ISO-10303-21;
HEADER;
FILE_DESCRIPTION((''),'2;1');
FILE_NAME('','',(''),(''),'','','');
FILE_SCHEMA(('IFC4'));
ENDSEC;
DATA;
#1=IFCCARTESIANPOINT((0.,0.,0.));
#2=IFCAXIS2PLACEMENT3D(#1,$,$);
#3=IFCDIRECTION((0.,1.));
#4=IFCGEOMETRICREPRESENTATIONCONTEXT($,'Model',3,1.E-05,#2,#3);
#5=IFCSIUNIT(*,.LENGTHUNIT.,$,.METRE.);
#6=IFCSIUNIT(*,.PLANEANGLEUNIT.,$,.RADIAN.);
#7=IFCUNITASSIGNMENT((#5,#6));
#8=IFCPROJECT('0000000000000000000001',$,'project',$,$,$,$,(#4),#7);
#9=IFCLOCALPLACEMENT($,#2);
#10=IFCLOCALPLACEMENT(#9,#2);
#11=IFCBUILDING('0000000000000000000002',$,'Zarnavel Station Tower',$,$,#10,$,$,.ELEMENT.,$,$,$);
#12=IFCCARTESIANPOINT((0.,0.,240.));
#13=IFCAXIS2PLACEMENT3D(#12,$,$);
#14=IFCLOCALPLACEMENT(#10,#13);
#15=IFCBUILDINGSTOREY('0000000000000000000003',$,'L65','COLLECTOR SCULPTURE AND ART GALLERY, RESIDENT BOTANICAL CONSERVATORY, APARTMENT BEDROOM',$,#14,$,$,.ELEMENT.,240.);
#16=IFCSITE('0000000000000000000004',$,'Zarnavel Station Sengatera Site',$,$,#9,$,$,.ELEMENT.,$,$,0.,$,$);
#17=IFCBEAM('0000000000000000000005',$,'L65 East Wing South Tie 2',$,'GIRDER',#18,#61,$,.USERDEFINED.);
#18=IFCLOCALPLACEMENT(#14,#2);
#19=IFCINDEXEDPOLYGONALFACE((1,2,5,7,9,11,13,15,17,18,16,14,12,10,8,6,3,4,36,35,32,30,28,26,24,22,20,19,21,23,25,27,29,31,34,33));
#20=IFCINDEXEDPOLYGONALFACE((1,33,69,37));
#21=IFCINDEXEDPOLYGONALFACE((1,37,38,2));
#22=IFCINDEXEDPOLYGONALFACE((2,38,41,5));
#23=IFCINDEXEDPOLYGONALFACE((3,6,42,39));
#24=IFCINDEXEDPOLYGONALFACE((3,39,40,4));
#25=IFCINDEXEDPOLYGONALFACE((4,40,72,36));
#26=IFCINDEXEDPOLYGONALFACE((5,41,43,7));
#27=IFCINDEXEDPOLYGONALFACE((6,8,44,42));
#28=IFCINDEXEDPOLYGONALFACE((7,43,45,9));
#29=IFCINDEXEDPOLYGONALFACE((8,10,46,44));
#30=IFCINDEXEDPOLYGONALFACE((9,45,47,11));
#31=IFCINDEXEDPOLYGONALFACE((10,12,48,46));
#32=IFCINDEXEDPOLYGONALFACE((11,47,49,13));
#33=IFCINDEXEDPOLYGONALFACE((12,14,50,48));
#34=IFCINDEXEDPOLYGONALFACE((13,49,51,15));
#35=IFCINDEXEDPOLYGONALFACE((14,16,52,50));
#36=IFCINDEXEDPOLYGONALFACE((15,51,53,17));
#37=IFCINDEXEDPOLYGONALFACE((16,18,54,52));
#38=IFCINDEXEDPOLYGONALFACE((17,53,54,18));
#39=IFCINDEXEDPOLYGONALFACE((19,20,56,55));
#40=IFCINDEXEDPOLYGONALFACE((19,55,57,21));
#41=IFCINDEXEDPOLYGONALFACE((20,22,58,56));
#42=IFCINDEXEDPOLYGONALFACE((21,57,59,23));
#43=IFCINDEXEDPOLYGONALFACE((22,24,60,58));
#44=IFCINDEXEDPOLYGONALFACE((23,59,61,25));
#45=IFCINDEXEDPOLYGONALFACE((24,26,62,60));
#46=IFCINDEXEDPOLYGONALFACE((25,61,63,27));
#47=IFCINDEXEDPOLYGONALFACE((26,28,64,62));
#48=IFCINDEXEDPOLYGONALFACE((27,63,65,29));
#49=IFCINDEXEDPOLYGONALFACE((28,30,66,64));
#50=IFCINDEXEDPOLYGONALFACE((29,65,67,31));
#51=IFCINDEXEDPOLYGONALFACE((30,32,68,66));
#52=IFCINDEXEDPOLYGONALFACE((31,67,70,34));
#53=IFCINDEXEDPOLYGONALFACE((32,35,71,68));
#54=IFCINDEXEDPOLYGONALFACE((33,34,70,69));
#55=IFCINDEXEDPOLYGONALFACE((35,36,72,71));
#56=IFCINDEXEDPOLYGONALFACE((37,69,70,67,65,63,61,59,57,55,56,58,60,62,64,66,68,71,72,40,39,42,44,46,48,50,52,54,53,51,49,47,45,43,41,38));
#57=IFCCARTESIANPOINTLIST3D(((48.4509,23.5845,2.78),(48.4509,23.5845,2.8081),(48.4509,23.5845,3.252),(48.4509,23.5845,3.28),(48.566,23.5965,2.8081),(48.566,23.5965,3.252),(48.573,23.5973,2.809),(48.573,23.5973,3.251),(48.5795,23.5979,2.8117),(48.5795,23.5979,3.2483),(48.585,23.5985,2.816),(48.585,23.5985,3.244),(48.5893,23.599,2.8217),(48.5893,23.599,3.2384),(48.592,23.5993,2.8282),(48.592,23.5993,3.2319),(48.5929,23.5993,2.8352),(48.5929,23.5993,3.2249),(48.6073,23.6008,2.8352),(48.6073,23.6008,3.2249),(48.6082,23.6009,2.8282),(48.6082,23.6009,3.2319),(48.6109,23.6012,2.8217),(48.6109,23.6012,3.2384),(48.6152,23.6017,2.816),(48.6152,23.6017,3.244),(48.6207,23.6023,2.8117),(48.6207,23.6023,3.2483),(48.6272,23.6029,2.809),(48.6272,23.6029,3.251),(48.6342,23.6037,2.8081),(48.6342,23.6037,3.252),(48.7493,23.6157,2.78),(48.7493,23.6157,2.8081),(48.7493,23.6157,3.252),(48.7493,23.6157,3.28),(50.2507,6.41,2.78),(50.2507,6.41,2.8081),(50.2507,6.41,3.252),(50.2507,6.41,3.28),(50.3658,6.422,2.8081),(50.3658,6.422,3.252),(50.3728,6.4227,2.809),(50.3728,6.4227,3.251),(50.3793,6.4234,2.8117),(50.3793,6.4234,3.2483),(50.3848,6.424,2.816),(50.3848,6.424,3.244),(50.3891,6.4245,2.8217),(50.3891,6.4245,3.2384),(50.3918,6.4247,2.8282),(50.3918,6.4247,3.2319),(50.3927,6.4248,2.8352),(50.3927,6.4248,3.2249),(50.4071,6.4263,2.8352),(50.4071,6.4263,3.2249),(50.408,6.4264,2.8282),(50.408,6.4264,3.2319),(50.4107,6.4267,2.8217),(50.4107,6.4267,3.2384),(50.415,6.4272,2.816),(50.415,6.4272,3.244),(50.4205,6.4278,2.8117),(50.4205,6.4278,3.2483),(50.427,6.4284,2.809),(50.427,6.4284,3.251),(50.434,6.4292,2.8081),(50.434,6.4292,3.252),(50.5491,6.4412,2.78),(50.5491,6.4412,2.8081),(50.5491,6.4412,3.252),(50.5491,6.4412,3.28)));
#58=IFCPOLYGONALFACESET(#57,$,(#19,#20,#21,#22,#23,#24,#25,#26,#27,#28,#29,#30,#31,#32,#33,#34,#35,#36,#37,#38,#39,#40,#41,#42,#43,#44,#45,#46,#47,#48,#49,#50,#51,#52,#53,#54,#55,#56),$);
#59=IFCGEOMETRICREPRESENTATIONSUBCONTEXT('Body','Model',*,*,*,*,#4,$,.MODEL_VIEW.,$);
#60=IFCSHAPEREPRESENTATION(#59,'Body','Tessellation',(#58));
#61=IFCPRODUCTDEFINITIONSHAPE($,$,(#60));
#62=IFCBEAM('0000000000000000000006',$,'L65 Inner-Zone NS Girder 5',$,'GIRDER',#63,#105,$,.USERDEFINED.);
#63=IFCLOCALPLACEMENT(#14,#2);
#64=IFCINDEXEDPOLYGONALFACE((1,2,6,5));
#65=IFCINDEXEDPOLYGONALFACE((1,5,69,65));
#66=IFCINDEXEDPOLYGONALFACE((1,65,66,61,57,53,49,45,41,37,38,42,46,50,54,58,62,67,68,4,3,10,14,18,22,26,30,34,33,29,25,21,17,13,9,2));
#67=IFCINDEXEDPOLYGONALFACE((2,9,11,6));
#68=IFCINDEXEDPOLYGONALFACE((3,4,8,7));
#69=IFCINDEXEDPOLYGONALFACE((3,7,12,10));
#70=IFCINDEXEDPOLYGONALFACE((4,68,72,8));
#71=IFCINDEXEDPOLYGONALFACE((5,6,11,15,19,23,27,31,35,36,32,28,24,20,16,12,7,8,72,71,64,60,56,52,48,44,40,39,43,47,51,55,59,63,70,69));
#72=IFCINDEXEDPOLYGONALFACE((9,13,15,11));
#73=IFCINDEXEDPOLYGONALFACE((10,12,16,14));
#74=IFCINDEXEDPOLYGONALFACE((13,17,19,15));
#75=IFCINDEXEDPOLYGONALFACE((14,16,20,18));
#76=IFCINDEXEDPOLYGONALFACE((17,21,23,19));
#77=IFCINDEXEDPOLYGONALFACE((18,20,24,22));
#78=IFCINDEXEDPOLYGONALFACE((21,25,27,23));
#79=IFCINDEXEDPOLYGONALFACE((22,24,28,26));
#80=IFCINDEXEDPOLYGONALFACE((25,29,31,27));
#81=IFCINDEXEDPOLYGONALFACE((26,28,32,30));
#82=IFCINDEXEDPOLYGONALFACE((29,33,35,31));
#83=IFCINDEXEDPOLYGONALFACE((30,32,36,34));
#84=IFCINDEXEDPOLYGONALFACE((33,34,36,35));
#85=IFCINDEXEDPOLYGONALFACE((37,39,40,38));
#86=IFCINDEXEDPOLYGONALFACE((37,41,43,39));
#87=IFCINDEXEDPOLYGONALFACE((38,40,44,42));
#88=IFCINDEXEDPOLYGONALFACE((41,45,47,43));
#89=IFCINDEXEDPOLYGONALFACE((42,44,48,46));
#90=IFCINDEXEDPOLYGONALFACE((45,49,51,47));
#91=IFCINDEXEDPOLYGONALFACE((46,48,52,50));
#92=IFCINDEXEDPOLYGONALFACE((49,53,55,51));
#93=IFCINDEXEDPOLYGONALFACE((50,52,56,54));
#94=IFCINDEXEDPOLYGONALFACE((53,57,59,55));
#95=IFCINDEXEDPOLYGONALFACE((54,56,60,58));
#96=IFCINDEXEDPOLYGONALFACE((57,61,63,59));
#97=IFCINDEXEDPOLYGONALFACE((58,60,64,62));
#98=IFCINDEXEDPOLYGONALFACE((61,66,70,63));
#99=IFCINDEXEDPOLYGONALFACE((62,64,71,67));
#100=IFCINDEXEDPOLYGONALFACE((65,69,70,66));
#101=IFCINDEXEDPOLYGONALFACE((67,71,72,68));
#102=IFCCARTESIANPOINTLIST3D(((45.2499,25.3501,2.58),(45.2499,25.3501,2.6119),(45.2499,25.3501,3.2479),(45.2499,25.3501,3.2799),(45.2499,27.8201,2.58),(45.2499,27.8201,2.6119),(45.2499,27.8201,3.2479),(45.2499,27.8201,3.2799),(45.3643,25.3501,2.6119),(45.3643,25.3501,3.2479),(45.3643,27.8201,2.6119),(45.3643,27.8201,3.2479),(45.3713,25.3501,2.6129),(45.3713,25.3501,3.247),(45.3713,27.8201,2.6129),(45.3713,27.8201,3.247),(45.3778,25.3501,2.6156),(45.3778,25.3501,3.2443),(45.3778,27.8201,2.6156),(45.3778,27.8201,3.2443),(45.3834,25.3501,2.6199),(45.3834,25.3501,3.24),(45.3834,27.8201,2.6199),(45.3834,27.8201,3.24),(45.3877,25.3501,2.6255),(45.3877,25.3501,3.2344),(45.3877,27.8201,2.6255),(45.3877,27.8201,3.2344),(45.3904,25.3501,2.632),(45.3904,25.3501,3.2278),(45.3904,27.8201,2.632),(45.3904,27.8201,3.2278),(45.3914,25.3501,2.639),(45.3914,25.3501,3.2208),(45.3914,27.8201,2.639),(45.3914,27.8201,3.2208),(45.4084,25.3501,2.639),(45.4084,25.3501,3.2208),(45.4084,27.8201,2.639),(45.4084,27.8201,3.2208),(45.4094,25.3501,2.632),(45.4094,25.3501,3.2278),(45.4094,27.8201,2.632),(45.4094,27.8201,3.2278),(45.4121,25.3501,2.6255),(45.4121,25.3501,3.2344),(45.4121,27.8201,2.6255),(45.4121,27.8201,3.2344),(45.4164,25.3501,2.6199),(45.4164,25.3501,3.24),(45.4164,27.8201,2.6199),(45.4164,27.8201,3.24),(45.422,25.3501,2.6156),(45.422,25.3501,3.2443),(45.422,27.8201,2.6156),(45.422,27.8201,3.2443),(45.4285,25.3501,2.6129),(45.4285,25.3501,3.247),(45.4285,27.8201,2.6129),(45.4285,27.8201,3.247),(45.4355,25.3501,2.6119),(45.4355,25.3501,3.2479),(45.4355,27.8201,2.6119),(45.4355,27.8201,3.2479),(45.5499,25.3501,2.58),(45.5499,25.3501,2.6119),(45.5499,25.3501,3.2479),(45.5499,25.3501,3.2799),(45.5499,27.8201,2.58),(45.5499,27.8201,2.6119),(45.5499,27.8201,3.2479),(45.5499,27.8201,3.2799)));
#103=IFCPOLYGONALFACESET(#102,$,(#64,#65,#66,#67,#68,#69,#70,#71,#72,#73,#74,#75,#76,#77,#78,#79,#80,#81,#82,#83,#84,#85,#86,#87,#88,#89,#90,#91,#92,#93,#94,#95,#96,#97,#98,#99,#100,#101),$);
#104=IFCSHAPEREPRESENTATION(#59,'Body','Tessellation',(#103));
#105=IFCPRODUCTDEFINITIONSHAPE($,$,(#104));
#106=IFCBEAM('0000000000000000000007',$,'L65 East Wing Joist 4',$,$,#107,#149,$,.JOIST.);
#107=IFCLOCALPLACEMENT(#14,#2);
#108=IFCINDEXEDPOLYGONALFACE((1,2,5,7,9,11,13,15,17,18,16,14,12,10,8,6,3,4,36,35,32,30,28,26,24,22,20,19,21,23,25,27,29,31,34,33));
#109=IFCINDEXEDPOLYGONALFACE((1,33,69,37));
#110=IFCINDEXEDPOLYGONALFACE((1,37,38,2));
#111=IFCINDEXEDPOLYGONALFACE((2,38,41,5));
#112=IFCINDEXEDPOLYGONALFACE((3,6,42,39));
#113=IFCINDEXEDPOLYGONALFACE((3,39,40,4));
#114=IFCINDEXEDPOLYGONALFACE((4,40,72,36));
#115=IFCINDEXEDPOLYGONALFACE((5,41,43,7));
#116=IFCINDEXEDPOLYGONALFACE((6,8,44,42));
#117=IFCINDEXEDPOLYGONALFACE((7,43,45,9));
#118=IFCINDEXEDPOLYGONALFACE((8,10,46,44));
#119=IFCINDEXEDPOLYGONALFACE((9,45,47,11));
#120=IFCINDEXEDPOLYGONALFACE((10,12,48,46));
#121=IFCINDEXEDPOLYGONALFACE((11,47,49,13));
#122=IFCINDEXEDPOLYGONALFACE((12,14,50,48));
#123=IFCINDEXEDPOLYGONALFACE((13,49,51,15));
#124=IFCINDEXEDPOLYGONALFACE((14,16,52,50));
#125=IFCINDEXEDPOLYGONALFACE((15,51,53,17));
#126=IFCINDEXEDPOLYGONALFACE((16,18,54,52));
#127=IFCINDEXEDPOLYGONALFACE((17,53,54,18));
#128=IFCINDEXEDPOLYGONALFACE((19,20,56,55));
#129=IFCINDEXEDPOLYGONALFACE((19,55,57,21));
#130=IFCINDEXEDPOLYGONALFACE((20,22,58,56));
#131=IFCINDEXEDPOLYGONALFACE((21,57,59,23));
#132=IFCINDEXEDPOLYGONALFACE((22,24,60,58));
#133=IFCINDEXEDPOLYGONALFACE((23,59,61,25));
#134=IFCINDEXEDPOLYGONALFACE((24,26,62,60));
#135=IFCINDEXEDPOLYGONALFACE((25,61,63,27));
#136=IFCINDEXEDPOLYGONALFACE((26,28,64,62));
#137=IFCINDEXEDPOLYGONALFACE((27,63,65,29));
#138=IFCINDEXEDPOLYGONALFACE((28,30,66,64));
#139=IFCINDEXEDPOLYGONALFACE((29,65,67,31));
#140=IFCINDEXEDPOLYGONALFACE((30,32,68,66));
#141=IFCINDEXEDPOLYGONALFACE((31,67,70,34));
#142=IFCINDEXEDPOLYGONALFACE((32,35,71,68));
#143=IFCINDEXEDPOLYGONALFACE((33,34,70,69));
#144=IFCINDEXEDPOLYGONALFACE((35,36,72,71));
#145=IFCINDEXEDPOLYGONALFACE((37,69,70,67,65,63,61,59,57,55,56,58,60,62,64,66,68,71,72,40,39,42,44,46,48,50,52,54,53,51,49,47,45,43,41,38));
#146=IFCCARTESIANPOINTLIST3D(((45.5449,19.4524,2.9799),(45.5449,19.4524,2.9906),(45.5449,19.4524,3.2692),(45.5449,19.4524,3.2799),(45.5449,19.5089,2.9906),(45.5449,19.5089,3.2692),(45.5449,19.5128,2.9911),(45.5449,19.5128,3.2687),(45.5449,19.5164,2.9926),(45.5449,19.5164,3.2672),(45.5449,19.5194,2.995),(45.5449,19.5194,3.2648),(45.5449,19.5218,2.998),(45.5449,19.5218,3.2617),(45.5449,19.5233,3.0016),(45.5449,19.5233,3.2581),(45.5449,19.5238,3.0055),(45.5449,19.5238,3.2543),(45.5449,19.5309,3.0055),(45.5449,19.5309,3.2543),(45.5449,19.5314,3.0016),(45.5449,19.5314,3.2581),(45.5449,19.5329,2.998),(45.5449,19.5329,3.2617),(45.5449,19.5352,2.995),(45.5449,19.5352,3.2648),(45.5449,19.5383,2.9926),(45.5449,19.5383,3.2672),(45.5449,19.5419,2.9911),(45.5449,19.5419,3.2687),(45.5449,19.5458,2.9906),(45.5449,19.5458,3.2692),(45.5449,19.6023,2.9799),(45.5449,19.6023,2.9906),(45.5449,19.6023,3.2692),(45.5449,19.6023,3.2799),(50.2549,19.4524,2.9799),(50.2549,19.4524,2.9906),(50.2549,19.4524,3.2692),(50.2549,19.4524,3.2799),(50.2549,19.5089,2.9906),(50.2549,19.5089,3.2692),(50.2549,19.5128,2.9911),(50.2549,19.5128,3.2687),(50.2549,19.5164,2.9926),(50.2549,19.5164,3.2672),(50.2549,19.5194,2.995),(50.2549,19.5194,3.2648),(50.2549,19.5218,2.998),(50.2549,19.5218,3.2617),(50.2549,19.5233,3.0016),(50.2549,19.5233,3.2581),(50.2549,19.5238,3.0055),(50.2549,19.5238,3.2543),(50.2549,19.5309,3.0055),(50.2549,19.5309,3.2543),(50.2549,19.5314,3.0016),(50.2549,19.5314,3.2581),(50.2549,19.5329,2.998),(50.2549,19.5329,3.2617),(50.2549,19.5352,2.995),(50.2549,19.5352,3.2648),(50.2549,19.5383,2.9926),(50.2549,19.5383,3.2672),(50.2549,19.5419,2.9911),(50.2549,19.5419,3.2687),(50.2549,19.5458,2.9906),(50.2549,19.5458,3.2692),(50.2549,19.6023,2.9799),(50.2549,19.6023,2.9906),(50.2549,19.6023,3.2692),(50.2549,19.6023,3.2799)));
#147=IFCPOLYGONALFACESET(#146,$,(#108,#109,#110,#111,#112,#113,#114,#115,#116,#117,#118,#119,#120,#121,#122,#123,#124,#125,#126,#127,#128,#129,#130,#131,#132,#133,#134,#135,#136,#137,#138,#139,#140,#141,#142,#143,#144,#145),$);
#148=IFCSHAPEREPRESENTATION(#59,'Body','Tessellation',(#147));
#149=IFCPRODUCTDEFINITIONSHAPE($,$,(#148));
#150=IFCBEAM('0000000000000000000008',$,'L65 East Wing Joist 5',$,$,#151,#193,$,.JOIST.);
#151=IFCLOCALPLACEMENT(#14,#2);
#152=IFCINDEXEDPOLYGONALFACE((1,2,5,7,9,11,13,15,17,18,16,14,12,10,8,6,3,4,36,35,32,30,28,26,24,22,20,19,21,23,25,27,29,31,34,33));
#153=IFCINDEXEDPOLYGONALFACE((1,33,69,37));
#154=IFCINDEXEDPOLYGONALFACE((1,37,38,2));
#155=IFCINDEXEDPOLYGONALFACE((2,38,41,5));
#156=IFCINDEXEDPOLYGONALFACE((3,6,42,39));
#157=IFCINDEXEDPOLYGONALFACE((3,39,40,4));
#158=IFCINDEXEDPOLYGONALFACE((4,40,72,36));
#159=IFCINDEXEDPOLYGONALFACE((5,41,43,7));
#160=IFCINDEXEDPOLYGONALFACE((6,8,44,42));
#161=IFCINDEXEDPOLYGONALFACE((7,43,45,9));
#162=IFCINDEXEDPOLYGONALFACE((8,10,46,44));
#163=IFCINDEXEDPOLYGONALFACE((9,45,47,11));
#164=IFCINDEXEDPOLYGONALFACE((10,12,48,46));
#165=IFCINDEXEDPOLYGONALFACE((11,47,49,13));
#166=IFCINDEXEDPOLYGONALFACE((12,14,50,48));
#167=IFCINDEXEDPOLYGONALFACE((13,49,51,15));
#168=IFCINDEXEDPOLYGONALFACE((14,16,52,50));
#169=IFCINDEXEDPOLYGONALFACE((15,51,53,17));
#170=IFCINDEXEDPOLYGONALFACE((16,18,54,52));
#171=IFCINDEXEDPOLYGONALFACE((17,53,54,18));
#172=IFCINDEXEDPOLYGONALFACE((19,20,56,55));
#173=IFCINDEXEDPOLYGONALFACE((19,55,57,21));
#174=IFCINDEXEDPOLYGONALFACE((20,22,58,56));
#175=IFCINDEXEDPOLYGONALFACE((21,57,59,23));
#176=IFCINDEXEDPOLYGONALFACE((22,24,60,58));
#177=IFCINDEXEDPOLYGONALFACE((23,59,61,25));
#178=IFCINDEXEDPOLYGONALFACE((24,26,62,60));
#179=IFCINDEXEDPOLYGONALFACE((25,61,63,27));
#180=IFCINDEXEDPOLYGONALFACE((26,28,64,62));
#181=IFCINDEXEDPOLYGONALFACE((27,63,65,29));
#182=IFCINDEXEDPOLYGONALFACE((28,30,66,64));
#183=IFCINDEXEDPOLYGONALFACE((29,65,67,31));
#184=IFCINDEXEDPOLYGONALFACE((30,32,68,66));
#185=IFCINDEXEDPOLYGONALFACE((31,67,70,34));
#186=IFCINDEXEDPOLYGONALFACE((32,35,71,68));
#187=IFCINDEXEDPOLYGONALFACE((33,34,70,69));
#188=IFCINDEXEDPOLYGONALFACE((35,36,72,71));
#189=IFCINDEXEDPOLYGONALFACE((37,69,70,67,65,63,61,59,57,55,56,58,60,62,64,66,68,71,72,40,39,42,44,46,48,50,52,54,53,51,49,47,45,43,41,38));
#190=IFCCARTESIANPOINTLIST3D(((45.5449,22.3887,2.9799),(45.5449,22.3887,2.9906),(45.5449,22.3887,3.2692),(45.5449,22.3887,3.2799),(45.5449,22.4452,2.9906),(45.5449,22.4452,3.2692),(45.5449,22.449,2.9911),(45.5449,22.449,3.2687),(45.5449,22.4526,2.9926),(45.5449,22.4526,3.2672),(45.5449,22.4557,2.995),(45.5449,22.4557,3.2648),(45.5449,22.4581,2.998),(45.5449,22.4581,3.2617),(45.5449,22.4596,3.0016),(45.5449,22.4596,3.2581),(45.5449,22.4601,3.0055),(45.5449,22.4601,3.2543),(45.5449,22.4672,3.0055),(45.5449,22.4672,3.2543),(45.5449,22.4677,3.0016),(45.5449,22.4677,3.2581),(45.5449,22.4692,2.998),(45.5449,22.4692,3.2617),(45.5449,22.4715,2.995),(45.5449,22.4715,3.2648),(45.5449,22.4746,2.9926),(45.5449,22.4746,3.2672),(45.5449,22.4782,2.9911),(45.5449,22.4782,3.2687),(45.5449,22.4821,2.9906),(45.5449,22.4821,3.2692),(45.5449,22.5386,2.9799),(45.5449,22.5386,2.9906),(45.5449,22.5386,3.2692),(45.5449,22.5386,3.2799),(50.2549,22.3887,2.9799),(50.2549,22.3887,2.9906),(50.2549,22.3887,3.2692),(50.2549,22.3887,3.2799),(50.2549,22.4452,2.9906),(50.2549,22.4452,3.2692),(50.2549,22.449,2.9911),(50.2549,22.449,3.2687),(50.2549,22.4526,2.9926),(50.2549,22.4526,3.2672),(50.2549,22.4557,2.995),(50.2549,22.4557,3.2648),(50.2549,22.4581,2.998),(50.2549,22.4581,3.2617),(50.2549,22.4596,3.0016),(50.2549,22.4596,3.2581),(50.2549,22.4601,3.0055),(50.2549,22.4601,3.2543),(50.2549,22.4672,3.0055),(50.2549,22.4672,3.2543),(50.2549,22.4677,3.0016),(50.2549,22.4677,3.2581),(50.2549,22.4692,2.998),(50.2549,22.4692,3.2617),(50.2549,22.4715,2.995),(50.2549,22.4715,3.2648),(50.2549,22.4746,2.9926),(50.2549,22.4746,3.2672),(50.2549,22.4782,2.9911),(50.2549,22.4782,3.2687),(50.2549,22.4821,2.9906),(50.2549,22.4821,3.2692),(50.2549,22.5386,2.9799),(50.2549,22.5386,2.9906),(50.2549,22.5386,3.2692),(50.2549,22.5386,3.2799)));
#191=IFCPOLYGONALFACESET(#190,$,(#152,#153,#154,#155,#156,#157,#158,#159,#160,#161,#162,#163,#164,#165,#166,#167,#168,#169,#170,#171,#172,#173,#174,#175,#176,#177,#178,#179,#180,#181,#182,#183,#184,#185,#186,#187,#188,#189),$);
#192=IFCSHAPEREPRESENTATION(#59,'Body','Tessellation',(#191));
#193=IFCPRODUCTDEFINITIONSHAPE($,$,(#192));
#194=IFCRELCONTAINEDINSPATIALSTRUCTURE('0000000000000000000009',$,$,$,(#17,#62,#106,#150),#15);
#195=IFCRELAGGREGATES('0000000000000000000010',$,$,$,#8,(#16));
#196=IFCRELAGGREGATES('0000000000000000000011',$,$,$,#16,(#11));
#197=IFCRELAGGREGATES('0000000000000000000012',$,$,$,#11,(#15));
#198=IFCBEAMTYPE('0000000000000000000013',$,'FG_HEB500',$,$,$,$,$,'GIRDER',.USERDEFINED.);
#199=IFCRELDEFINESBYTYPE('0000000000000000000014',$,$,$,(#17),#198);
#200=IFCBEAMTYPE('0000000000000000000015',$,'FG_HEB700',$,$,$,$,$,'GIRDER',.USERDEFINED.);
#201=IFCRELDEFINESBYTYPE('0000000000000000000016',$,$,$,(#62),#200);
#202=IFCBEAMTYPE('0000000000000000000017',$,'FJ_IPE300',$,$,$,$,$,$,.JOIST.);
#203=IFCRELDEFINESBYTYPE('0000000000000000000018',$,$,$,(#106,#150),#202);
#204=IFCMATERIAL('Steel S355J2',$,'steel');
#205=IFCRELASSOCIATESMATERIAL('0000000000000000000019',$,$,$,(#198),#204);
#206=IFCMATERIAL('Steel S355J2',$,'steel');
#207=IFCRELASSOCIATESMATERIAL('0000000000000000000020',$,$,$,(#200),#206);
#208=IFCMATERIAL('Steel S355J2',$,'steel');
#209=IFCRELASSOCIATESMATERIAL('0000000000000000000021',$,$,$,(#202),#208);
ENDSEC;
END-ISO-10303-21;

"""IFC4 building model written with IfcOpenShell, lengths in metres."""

from ifc_helpers import new_model, si_unit, direction, frame, origin, origin_2d, place, context, subcontext, project, spatial, i_section, extrude, material, material_profile, profile_set, type_object, element, save


model = new_model("IFC4")

# Units and contexts
model_context = context("Model", 3, precision=1e-05, world=origin(), true_north=direction((0.0, 1.0)))
body_context = subcontext(model_context, "Body", "Model", "MODEL_VIEW")
ifc_project = project(units=[si_unit("LENGTHUNIT", "METRE"), si_unit("PLANEANGLEUNIT", "RADIAN")], contexts=[model_context])

# Site, building, storey
site_placement = place(None, origin())
site = spatial("IfcSite", under=ifc_project, at=site_placement, Name="Zarnavel Station Sengatera Site", CompositionType="ELEMENT", RefElevation=0.0)
building_placement = place(site_placement, origin())
building = spatial("IfcBuilding", under=site, at=building_placement, Name="Zarnavel Station Tower", CompositionType="ELEMENT")
storey_placement = place(building_placement, frame((0.0, 0.0, 240.0)))
storey = spatial("IfcBuildingStorey", under=building, at=storey_placement, Name="L65", Description="COLLECTOR SCULPTURE AND ART GALLERY, RESIDENT BOTANICAL CONSERVATORY, APARTMENT BEDROOM", CompositionType="ELEMENT", Elevation=240.0)

# Beams
ifc_material_1 = material(Name="Steel S355J2", Category="steel")
ifc_material_profile_1 = material_profile(ifc_material_1, i_section(OverallWidth=0.3, OverallDepth=0.5, WebThickness=0.0144, FlangeThickness=0.0281, FilletRadius=0.0271, at=origin_2d()), Name="HEB500")
ifc_profile_set_1 = profile_set([ifc_material_profile_1], Name="Steel S355J2")
beam_type_1 = type_object("IfcBeamType", Name="FG_HEB500", ElementType="GIRDER", PredefinedType="USERDEFINED", material=ifc_profile_set_1)
beam_1_placement = place(storey_placement, frame((48.6001, 23.6001, 3.03), z_axis=(0.104224, -0.994554, 0.0), x_axis=(0.994554, 0.104224, 0.0)))
element("IfcBeam", 1, at=beam_1_placement, inside=storey, type_object=beam_type_1, Name="L65 East Wing South Tie 2", ObjectType="GIRDER", PredefinedType="USERDEFINED", context=body_context, shape_type="SweptSolid", body=[
    extrude(i_section(OverallWidth=0.3, OverallDepth=0.5, WebThickness=0.0144, FlangeThickness=0.0281, FilletRadius=0.0271, at=origin_2d()), origin(), (0.0, 0.0, 1.0), 17.2686),
])
ifc_material_2 = material(Name="Steel S355J2", Category="steel")
ifc_material_profile_2 = material_profile(ifc_material_2, i_section(OverallWidth=0.3, OverallDepth=0.7, WebThickness=0.0171, FlangeThickness=0.032, FilletRadius=0.0271, at=origin_2d()), Name="HEB700")
ifc_profile_set_2 = profile_set([ifc_material_profile_2], Name="Steel S355J2")
beam_type_2 = type_object("IfcBeamType", Name="FG_HEB700", ElementType="GIRDER", PredefinedType="USERDEFINED", material=ifc_profile_set_2)
beam_2_placement = place(storey_placement, frame((45.3999, 25.3501, 2.9299), z_axis=(0.0, 1.0, 0.0), x_axis=(-1.0, 0.0, 0.0)))
element("IfcBeam", 2, at=beam_2_placement, inside=storey, type_object=beam_type_2, Name="L65 Inner-Zone NS Girder 5", ObjectType="GIRDER", PredefinedType="USERDEFINED", context=body_context, shape_type="SweptSolid", body=[
    extrude(i_section(OverallWidth=0.3, OverallDepth=0.7, WebThickness=0.0171, FlangeThickness=0.032, FilletRadius=0.0271, at=origin_2d()), origin(), (0.0, 0.0, 1.0), 2.47),
])
ifc_material_3 = material(Name="Steel S355J2", Category="steel")
ifc_material_profile_3 = material_profile(ifc_material_3, i_section(OverallWidth=0.1499, OverallDepth=0.3, WebThickness=0.0071, FlangeThickness=0.0107, FilletRadius=0.0149, at=origin_2d()), Name="IPE300")
ifc_profile_set_3 = profile_set([ifc_material_profile_3], Name="Steel S355J2")
beam_type_3 = type_object("IfcBeamType", Name="FJ_IPE300", PredefinedType="JOIST", material=ifc_profile_set_3)
for number, where, z_axis, x_axis, name in (
    (3, (45.5449, 19.5273, 3.1299), (1.0, 0.0, 0.0), (0.0, 1.0, 0.0), "L65 East Wing Joist 4"),
    (4, (45.5449, 22.4636, 3.1299), (1.0, 0.0, 0.0), (0.0, 1.0, 0.0), "L65 East Wing Joist 5"),
):
    element("IfcBeam", number, at=place(storey_placement, frame(where, z_axis=z_axis, x_axis=x_axis)), inside=storey, type_object=beam_type_3, Name=name, PredefinedType="JOIST", context=body_context, shape_type="SweptSolid", body=[
        extrude(i_section(OverallWidth=0.1499, OverallDepth=0.3, WebThickness=0.0071, FlangeThickness=0.0107, FilletRadius=0.0149, at=origin_2d()), origin(), (0.0, 0.0, 1.0), 4.71),
    ])

save(model, "model.ifc")
